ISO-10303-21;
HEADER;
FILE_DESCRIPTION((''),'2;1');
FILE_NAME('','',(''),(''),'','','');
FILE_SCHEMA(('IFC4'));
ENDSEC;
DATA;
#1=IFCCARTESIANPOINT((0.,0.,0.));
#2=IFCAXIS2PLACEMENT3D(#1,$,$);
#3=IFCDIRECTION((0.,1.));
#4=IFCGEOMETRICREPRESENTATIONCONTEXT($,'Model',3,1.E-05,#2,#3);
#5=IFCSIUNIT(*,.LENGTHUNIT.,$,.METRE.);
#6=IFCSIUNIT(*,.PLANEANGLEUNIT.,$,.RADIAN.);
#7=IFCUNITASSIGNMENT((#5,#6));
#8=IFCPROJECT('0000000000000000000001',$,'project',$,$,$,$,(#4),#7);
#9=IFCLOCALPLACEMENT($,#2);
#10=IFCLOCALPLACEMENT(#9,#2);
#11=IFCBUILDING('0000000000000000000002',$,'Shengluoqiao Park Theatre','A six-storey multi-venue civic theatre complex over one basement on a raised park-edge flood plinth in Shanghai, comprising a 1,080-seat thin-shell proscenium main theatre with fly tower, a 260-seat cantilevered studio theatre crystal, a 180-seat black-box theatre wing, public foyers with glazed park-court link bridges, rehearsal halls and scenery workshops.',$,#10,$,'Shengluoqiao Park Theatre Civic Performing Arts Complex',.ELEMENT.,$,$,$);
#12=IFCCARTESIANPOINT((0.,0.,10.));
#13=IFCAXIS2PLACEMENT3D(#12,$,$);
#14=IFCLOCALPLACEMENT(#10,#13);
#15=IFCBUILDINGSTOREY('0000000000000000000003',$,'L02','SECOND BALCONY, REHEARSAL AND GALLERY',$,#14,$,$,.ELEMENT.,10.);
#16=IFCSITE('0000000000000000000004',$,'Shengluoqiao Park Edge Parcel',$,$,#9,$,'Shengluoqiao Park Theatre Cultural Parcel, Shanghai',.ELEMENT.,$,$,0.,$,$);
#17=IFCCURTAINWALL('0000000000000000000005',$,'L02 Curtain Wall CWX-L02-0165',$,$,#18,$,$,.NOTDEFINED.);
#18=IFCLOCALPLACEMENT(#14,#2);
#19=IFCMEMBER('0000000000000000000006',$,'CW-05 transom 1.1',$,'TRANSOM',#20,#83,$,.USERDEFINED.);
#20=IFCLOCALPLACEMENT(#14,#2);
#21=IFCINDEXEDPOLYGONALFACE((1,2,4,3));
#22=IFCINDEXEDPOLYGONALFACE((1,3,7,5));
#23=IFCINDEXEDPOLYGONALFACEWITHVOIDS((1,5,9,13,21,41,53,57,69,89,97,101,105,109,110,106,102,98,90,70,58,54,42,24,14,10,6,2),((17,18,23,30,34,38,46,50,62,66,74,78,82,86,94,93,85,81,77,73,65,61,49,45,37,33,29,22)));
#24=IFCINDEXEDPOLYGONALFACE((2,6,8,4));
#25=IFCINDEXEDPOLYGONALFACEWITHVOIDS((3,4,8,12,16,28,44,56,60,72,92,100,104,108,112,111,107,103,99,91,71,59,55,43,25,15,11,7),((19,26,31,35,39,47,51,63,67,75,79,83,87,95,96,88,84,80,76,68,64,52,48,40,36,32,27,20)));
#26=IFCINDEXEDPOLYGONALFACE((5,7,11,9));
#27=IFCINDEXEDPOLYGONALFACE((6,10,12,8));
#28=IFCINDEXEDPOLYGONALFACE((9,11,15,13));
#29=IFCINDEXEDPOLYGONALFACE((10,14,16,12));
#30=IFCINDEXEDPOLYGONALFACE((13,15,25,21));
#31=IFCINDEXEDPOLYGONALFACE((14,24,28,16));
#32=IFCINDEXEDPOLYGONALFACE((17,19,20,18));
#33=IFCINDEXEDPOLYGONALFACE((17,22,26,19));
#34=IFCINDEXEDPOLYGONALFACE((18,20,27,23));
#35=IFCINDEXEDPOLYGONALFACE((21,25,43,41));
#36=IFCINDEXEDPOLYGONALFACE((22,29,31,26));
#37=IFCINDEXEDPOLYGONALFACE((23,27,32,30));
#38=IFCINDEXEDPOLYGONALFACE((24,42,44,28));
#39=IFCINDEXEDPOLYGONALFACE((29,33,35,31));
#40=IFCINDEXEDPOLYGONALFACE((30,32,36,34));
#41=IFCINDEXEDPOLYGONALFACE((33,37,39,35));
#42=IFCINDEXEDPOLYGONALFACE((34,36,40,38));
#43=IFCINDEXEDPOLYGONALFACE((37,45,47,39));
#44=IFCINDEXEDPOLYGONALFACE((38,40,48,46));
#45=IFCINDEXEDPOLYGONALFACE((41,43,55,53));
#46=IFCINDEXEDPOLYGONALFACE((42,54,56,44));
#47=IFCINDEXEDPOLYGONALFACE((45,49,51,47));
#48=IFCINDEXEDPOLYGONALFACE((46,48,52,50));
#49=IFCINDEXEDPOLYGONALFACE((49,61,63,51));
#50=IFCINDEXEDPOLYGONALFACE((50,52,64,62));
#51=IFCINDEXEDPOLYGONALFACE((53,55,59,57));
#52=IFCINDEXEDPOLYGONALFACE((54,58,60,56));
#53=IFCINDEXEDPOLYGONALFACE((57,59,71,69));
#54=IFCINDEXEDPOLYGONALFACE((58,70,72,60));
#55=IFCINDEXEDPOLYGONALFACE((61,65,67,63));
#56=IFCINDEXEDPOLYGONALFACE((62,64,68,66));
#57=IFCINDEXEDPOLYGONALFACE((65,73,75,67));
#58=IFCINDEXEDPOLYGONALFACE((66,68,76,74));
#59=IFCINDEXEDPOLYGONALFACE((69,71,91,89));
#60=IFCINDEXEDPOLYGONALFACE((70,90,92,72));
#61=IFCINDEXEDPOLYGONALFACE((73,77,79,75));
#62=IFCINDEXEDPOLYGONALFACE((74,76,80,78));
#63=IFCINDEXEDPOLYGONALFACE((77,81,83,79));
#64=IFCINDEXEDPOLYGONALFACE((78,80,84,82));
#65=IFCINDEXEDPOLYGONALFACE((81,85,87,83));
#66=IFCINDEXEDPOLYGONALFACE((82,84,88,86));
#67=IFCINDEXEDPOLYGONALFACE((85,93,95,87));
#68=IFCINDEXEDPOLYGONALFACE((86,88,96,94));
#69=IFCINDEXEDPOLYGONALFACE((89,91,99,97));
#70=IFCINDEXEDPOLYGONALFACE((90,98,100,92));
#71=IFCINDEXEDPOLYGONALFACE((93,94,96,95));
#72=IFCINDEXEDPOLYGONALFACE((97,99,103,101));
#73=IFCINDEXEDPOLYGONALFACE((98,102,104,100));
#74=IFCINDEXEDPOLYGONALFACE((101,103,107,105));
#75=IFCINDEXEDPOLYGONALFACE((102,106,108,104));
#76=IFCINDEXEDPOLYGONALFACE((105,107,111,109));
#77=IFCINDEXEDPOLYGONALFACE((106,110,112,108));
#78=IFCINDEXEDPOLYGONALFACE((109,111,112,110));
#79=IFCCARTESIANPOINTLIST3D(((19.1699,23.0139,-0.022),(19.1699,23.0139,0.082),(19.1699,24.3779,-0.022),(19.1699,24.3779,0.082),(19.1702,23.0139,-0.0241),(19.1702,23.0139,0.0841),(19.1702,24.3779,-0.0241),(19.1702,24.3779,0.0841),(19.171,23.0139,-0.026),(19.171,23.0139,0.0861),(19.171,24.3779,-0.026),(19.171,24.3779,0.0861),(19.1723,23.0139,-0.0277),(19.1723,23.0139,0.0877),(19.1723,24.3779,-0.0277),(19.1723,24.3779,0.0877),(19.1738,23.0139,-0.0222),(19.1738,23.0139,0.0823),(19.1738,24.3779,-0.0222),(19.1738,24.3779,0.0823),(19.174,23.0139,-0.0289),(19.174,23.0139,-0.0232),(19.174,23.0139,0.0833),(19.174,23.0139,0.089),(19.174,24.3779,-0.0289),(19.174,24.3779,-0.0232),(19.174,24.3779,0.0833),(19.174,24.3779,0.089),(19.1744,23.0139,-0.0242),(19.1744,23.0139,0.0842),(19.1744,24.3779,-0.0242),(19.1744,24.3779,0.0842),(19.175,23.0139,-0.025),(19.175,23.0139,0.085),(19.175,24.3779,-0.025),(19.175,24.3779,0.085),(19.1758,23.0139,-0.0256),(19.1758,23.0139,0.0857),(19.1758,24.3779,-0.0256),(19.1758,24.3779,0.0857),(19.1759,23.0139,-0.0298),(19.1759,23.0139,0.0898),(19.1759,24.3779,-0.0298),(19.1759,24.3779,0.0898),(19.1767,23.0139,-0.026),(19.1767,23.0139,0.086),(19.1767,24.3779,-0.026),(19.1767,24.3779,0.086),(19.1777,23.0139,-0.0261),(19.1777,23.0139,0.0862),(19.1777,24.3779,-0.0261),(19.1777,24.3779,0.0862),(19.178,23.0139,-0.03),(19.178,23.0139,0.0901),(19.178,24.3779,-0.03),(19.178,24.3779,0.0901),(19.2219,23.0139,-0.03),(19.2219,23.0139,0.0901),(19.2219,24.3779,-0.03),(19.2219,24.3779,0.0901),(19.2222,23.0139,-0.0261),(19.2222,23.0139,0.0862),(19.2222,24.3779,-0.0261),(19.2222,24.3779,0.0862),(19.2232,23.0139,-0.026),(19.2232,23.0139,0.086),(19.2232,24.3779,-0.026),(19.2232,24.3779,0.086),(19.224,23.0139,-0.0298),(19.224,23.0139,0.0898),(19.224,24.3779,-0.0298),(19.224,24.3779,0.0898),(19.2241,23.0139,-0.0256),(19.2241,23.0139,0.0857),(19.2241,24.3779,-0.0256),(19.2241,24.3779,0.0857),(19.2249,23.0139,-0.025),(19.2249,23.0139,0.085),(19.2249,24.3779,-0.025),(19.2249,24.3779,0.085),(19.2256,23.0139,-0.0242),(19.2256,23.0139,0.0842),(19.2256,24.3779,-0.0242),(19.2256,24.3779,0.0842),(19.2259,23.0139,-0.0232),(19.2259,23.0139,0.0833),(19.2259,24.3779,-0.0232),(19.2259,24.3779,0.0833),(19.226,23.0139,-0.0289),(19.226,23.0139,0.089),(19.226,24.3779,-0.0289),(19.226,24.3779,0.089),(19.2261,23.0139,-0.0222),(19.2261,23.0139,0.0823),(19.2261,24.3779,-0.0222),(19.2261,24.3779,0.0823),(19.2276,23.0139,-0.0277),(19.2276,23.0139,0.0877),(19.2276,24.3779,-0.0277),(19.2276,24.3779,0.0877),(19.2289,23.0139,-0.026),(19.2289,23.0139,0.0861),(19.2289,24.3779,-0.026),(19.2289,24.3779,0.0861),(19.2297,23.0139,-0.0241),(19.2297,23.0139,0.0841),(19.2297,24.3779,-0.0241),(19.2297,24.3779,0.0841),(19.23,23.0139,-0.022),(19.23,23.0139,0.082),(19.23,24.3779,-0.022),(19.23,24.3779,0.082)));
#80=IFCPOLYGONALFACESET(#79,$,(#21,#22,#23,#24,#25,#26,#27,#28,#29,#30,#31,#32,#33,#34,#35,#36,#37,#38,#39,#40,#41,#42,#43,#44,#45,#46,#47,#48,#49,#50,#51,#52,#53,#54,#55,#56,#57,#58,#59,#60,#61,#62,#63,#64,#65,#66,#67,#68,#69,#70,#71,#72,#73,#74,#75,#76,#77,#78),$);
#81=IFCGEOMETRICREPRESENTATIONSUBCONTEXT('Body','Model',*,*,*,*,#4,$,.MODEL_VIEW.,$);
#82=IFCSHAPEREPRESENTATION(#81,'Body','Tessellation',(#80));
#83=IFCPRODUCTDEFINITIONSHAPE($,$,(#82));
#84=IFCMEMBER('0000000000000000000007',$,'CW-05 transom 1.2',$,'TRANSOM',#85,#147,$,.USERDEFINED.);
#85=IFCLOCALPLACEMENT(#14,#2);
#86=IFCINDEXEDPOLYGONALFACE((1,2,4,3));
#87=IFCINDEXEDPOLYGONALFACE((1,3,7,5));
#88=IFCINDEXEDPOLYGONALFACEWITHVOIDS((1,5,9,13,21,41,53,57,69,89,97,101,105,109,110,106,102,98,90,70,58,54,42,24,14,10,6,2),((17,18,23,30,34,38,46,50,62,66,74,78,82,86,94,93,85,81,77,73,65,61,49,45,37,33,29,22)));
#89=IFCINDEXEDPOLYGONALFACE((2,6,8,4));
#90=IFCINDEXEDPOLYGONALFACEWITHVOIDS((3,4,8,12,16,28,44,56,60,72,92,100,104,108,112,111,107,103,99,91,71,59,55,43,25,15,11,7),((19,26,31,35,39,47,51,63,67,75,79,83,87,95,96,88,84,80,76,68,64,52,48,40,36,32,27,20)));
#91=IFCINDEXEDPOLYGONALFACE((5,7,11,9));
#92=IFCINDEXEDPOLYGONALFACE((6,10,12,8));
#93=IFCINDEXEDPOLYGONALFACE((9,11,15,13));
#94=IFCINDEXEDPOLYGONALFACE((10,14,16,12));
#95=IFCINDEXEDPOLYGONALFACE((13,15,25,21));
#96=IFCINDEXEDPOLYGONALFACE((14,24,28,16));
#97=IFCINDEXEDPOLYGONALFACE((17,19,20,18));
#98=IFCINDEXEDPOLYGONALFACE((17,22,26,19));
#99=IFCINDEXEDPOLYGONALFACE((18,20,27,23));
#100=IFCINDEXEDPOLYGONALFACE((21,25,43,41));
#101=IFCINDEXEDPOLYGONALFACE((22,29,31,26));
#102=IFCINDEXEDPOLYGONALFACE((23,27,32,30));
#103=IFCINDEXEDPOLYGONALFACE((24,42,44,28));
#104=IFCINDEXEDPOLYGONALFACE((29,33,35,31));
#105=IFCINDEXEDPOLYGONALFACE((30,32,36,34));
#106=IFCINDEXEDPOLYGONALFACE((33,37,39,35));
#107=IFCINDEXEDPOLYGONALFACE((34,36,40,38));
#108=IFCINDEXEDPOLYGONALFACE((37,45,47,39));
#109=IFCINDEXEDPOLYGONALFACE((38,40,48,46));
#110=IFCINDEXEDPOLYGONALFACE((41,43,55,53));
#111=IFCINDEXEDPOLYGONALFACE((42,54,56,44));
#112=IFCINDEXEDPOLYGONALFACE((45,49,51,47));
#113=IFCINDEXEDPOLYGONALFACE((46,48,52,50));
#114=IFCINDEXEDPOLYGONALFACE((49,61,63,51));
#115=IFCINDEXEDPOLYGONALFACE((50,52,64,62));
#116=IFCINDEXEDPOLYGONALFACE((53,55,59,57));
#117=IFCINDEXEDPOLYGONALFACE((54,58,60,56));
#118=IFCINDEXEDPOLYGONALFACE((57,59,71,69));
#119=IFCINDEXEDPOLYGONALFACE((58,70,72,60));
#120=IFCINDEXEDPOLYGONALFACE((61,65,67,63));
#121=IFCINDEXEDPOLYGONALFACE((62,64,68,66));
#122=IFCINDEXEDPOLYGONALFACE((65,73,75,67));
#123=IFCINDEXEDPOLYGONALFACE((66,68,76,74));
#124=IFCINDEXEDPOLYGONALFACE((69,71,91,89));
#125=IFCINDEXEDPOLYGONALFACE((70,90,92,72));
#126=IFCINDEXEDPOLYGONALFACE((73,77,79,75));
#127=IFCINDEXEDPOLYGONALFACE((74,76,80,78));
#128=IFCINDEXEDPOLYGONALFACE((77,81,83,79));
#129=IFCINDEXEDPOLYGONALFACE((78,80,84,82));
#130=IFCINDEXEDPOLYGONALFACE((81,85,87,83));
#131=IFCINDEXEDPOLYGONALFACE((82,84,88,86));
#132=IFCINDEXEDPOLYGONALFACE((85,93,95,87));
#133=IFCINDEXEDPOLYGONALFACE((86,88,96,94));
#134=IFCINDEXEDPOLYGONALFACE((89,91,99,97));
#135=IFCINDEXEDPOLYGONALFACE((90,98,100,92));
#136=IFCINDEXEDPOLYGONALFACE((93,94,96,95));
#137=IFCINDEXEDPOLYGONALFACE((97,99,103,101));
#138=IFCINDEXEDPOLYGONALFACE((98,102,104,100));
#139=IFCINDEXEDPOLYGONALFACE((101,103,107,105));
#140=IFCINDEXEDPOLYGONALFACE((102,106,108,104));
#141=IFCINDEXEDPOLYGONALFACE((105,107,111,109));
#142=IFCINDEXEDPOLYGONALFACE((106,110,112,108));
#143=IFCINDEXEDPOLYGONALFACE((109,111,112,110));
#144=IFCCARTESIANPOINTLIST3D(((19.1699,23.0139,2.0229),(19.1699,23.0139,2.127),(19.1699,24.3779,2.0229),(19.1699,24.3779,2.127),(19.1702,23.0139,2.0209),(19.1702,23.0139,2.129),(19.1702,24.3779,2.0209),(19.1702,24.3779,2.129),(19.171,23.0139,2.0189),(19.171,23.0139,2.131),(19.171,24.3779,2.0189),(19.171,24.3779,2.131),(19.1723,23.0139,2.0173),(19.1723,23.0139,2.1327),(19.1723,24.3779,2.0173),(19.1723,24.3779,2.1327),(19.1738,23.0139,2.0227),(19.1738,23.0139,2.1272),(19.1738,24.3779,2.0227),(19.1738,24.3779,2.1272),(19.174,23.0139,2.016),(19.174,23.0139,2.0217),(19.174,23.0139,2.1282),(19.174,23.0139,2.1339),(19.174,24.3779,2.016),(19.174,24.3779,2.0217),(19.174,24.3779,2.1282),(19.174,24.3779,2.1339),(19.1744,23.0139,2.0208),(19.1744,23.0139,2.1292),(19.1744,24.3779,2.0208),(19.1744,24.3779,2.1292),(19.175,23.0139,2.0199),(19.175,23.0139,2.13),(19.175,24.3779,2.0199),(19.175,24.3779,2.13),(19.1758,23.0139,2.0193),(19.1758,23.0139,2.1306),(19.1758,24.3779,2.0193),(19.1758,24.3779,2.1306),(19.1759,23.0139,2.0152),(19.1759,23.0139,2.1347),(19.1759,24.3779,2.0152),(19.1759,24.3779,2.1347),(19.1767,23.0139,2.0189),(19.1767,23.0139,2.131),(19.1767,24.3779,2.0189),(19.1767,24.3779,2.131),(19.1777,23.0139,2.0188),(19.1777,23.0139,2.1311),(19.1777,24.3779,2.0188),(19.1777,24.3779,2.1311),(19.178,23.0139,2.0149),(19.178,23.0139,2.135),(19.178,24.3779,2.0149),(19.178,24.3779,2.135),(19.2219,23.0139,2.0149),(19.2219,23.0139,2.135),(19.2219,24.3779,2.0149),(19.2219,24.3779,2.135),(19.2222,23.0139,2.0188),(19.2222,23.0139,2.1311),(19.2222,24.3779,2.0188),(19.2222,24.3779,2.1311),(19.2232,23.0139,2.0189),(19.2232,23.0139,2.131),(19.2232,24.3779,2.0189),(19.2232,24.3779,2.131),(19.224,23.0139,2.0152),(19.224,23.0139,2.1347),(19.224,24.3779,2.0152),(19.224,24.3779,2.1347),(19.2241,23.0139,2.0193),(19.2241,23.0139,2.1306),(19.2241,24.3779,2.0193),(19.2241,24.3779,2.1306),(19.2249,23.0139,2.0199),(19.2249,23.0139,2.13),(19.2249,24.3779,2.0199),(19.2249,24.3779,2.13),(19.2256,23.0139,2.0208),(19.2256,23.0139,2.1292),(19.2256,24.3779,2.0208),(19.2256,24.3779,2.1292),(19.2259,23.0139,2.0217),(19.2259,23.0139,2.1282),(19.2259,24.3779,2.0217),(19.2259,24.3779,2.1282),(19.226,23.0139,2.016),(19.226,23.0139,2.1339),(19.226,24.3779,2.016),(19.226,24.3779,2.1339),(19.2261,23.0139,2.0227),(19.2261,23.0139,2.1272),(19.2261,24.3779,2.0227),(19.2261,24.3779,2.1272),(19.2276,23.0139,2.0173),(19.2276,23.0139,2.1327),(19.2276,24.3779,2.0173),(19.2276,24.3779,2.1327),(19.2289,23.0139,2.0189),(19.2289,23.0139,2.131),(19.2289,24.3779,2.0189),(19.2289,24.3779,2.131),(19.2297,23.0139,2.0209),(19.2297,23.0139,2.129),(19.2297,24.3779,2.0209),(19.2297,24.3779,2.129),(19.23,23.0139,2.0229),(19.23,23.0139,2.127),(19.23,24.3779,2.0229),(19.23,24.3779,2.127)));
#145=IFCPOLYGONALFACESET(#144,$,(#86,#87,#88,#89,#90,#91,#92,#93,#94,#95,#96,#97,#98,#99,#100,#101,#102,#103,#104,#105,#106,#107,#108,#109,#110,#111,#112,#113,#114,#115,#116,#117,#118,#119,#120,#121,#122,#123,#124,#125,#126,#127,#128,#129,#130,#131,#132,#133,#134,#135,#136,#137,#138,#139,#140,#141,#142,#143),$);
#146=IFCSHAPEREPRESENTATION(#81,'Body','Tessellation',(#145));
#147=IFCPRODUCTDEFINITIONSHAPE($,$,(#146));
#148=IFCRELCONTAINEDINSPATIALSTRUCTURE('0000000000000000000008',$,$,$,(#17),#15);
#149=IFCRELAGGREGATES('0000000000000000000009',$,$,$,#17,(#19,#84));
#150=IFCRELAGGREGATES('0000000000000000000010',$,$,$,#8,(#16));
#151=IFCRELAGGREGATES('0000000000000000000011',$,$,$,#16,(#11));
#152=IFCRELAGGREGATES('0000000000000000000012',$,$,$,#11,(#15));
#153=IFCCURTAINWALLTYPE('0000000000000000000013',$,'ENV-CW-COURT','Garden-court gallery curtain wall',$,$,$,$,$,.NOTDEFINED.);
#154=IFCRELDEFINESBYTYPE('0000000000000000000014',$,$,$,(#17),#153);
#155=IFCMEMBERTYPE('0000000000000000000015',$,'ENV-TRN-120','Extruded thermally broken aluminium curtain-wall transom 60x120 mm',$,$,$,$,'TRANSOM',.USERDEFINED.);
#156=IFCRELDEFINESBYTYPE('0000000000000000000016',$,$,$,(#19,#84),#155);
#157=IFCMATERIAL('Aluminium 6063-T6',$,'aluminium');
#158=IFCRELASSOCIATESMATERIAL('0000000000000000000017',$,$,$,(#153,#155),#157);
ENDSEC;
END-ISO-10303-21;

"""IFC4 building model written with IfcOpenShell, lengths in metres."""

from ifc_helpers import new_model, si_unit, direction, frame, origin, origin_2d, place, context, subcontext, project, spatial, hollow_rectangle, extrude, material, material_profile, profile_set, type_object, element, aggregate, save


model = new_model("IFC4")

# Units and contexts
model_context = context("Model", 3, precision=1e-05, world=origin(), true_north=direction((0.0, 1.0)))
body_context = subcontext(model_context, "Body", "Model", "MODEL_VIEW")
ifc_project = project(units=[si_unit("LENGTHUNIT", "METRE"), si_unit("PLANEANGLEUNIT", "RADIAN")], contexts=[model_context])

# Site, building, storey
site_placement = place(None, origin())
site = spatial("IfcSite", under=ifc_project, at=site_placement, Name="Shengluoqiao Park Edge Parcel", LongName="Shengluoqiao Park Theatre Cultural Parcel, Shanghai", CompositionType="ELEMENT", RefElevation=0.0)
building_placement = place(site_placement, origin())
building = spatial("IfcBuilding", under=site, at=building_placement, Name="Shengluoqiao Park Theatre", Description="A six-storey multi-venue civic theatre complex over one basement on a raised park-edge flood plinth in Shanghai, comprising a 1,080-seat thin-shell proscenium main theatre with fly tower, a 260-seat cantilevered studio theatre crystal, a 180-seat black-box theatre wing, public foyers with glazed park-court link bridges, rehearsal halls and scenery workshops.", LongName="Shengluoqiao Park Theatre Civic Performing Arts Complex", CompositionType="ELEMENT")
storey_placement = place(building_placement, frame((0.0, 0.0, 10.0)))
storey = spatial("IfcBuildingStorey", under=building, at=storey_placement, Name="L02", Description="SECOND BALCONY, REHEARSAL AND GALLERY", CompositionType="ELEMENT", Elevation=10.0)

# Shared definitions
ifc_material_1 = material(Name="Aluminium 6063-T6", Category="aluminium")

# Curtain wall, members
curtain_wall_type_1 = type_object("IfcCurtainWallType", Name="ENV-CW-COURT", Description="Garden-court gallery curtain wall", PredefinedType="NOTDEFINED", material=ifc_material_1)
curtain_wall_1_placement = place(storey_placement, origin())
curtain_wall_1 = element("IfcCurtainWall", 1, at=curtain_wall_1_placement, inside=storey, type_object=curtain_wall_type_1, Name="L02 Curtain Wall CWX-L02-0165", PredefinedType="NOTDEFINED")
ifc_material_profile_1 = material_profile(ifc_material_1, hollow_rectangle(XDim=0.0601, YDim=0.1201, WallThickness=0.0039, InnerFilletRadius=0.0039, OuterFilletRadius=0.0081, at=origin_2d()), Name="ALU TRANSOM 120x60x4")
ifc_profile_set_1 = profile_set([ifc_material_profile_1], Name="Aluminium 6063-T6")
member_type_1 = type_object("IfcMemberType", Name="ENV-TRN-120", Description="Extruded thermally broken aluminium curtain-wall transom 60x120 mm", ElementType="TRANSOM", PredefinedType="USERDEFINED", material=ifc_profile_set_1)
member_1_placement = place(storey_placement, frame((19.2, 23.0139, 0.03), z_axis=(0.0, 1.0, 0.0), x_axis=(-1.0, 0.0, 0.0)))
member_1 = element("IfcMember", 2, at=member_1_placement, type_object=member_type_1, Name="CW-05 transom 1.1", ObjectType="TRANSOM", PredefinedType="USERDEFINED", context=body_context, shape_type="SweptSolid", body=[
    extrude(hollow_rectangle(XDim=0.0601, YDim=0.1201, WallThickness=0.0039, InnerFilletRadius=0.0039, OuterFilletRadius=0.0081, at=origin_2d()), origin(), (0.0, 0.0, 1.0), 1.364),
])
member_2_placement = place(storey_placement, frame((19.2, 23.0139, 2.075), z_axis=(0.0, 1.0, 0.0), x_axis=(-1.0, 0.0, 0.0)))
member_2 = element("IfcMember", 3, at=member_2_placement, type_object=member_type_1, Name="CW-05 transom 1.2", ObjectType="TRANSOM", PredefinedType="USERDEFINED", context=body_context, shape_type="SweptSolid", body=[
    extrude(hollow_rectangle(XDim=0.0601, YDim=0.1201, WallThickness=0.0039, InnerFilletRadius=0.0039, OuterFilletRadius=0.0081, at=origin_2d()), origin(), (0.0, 0.0, 1.0), 1.364),
])
aggregate(curtain_wall_1, [member_1, member_2])

save(model, "model.ifc")
